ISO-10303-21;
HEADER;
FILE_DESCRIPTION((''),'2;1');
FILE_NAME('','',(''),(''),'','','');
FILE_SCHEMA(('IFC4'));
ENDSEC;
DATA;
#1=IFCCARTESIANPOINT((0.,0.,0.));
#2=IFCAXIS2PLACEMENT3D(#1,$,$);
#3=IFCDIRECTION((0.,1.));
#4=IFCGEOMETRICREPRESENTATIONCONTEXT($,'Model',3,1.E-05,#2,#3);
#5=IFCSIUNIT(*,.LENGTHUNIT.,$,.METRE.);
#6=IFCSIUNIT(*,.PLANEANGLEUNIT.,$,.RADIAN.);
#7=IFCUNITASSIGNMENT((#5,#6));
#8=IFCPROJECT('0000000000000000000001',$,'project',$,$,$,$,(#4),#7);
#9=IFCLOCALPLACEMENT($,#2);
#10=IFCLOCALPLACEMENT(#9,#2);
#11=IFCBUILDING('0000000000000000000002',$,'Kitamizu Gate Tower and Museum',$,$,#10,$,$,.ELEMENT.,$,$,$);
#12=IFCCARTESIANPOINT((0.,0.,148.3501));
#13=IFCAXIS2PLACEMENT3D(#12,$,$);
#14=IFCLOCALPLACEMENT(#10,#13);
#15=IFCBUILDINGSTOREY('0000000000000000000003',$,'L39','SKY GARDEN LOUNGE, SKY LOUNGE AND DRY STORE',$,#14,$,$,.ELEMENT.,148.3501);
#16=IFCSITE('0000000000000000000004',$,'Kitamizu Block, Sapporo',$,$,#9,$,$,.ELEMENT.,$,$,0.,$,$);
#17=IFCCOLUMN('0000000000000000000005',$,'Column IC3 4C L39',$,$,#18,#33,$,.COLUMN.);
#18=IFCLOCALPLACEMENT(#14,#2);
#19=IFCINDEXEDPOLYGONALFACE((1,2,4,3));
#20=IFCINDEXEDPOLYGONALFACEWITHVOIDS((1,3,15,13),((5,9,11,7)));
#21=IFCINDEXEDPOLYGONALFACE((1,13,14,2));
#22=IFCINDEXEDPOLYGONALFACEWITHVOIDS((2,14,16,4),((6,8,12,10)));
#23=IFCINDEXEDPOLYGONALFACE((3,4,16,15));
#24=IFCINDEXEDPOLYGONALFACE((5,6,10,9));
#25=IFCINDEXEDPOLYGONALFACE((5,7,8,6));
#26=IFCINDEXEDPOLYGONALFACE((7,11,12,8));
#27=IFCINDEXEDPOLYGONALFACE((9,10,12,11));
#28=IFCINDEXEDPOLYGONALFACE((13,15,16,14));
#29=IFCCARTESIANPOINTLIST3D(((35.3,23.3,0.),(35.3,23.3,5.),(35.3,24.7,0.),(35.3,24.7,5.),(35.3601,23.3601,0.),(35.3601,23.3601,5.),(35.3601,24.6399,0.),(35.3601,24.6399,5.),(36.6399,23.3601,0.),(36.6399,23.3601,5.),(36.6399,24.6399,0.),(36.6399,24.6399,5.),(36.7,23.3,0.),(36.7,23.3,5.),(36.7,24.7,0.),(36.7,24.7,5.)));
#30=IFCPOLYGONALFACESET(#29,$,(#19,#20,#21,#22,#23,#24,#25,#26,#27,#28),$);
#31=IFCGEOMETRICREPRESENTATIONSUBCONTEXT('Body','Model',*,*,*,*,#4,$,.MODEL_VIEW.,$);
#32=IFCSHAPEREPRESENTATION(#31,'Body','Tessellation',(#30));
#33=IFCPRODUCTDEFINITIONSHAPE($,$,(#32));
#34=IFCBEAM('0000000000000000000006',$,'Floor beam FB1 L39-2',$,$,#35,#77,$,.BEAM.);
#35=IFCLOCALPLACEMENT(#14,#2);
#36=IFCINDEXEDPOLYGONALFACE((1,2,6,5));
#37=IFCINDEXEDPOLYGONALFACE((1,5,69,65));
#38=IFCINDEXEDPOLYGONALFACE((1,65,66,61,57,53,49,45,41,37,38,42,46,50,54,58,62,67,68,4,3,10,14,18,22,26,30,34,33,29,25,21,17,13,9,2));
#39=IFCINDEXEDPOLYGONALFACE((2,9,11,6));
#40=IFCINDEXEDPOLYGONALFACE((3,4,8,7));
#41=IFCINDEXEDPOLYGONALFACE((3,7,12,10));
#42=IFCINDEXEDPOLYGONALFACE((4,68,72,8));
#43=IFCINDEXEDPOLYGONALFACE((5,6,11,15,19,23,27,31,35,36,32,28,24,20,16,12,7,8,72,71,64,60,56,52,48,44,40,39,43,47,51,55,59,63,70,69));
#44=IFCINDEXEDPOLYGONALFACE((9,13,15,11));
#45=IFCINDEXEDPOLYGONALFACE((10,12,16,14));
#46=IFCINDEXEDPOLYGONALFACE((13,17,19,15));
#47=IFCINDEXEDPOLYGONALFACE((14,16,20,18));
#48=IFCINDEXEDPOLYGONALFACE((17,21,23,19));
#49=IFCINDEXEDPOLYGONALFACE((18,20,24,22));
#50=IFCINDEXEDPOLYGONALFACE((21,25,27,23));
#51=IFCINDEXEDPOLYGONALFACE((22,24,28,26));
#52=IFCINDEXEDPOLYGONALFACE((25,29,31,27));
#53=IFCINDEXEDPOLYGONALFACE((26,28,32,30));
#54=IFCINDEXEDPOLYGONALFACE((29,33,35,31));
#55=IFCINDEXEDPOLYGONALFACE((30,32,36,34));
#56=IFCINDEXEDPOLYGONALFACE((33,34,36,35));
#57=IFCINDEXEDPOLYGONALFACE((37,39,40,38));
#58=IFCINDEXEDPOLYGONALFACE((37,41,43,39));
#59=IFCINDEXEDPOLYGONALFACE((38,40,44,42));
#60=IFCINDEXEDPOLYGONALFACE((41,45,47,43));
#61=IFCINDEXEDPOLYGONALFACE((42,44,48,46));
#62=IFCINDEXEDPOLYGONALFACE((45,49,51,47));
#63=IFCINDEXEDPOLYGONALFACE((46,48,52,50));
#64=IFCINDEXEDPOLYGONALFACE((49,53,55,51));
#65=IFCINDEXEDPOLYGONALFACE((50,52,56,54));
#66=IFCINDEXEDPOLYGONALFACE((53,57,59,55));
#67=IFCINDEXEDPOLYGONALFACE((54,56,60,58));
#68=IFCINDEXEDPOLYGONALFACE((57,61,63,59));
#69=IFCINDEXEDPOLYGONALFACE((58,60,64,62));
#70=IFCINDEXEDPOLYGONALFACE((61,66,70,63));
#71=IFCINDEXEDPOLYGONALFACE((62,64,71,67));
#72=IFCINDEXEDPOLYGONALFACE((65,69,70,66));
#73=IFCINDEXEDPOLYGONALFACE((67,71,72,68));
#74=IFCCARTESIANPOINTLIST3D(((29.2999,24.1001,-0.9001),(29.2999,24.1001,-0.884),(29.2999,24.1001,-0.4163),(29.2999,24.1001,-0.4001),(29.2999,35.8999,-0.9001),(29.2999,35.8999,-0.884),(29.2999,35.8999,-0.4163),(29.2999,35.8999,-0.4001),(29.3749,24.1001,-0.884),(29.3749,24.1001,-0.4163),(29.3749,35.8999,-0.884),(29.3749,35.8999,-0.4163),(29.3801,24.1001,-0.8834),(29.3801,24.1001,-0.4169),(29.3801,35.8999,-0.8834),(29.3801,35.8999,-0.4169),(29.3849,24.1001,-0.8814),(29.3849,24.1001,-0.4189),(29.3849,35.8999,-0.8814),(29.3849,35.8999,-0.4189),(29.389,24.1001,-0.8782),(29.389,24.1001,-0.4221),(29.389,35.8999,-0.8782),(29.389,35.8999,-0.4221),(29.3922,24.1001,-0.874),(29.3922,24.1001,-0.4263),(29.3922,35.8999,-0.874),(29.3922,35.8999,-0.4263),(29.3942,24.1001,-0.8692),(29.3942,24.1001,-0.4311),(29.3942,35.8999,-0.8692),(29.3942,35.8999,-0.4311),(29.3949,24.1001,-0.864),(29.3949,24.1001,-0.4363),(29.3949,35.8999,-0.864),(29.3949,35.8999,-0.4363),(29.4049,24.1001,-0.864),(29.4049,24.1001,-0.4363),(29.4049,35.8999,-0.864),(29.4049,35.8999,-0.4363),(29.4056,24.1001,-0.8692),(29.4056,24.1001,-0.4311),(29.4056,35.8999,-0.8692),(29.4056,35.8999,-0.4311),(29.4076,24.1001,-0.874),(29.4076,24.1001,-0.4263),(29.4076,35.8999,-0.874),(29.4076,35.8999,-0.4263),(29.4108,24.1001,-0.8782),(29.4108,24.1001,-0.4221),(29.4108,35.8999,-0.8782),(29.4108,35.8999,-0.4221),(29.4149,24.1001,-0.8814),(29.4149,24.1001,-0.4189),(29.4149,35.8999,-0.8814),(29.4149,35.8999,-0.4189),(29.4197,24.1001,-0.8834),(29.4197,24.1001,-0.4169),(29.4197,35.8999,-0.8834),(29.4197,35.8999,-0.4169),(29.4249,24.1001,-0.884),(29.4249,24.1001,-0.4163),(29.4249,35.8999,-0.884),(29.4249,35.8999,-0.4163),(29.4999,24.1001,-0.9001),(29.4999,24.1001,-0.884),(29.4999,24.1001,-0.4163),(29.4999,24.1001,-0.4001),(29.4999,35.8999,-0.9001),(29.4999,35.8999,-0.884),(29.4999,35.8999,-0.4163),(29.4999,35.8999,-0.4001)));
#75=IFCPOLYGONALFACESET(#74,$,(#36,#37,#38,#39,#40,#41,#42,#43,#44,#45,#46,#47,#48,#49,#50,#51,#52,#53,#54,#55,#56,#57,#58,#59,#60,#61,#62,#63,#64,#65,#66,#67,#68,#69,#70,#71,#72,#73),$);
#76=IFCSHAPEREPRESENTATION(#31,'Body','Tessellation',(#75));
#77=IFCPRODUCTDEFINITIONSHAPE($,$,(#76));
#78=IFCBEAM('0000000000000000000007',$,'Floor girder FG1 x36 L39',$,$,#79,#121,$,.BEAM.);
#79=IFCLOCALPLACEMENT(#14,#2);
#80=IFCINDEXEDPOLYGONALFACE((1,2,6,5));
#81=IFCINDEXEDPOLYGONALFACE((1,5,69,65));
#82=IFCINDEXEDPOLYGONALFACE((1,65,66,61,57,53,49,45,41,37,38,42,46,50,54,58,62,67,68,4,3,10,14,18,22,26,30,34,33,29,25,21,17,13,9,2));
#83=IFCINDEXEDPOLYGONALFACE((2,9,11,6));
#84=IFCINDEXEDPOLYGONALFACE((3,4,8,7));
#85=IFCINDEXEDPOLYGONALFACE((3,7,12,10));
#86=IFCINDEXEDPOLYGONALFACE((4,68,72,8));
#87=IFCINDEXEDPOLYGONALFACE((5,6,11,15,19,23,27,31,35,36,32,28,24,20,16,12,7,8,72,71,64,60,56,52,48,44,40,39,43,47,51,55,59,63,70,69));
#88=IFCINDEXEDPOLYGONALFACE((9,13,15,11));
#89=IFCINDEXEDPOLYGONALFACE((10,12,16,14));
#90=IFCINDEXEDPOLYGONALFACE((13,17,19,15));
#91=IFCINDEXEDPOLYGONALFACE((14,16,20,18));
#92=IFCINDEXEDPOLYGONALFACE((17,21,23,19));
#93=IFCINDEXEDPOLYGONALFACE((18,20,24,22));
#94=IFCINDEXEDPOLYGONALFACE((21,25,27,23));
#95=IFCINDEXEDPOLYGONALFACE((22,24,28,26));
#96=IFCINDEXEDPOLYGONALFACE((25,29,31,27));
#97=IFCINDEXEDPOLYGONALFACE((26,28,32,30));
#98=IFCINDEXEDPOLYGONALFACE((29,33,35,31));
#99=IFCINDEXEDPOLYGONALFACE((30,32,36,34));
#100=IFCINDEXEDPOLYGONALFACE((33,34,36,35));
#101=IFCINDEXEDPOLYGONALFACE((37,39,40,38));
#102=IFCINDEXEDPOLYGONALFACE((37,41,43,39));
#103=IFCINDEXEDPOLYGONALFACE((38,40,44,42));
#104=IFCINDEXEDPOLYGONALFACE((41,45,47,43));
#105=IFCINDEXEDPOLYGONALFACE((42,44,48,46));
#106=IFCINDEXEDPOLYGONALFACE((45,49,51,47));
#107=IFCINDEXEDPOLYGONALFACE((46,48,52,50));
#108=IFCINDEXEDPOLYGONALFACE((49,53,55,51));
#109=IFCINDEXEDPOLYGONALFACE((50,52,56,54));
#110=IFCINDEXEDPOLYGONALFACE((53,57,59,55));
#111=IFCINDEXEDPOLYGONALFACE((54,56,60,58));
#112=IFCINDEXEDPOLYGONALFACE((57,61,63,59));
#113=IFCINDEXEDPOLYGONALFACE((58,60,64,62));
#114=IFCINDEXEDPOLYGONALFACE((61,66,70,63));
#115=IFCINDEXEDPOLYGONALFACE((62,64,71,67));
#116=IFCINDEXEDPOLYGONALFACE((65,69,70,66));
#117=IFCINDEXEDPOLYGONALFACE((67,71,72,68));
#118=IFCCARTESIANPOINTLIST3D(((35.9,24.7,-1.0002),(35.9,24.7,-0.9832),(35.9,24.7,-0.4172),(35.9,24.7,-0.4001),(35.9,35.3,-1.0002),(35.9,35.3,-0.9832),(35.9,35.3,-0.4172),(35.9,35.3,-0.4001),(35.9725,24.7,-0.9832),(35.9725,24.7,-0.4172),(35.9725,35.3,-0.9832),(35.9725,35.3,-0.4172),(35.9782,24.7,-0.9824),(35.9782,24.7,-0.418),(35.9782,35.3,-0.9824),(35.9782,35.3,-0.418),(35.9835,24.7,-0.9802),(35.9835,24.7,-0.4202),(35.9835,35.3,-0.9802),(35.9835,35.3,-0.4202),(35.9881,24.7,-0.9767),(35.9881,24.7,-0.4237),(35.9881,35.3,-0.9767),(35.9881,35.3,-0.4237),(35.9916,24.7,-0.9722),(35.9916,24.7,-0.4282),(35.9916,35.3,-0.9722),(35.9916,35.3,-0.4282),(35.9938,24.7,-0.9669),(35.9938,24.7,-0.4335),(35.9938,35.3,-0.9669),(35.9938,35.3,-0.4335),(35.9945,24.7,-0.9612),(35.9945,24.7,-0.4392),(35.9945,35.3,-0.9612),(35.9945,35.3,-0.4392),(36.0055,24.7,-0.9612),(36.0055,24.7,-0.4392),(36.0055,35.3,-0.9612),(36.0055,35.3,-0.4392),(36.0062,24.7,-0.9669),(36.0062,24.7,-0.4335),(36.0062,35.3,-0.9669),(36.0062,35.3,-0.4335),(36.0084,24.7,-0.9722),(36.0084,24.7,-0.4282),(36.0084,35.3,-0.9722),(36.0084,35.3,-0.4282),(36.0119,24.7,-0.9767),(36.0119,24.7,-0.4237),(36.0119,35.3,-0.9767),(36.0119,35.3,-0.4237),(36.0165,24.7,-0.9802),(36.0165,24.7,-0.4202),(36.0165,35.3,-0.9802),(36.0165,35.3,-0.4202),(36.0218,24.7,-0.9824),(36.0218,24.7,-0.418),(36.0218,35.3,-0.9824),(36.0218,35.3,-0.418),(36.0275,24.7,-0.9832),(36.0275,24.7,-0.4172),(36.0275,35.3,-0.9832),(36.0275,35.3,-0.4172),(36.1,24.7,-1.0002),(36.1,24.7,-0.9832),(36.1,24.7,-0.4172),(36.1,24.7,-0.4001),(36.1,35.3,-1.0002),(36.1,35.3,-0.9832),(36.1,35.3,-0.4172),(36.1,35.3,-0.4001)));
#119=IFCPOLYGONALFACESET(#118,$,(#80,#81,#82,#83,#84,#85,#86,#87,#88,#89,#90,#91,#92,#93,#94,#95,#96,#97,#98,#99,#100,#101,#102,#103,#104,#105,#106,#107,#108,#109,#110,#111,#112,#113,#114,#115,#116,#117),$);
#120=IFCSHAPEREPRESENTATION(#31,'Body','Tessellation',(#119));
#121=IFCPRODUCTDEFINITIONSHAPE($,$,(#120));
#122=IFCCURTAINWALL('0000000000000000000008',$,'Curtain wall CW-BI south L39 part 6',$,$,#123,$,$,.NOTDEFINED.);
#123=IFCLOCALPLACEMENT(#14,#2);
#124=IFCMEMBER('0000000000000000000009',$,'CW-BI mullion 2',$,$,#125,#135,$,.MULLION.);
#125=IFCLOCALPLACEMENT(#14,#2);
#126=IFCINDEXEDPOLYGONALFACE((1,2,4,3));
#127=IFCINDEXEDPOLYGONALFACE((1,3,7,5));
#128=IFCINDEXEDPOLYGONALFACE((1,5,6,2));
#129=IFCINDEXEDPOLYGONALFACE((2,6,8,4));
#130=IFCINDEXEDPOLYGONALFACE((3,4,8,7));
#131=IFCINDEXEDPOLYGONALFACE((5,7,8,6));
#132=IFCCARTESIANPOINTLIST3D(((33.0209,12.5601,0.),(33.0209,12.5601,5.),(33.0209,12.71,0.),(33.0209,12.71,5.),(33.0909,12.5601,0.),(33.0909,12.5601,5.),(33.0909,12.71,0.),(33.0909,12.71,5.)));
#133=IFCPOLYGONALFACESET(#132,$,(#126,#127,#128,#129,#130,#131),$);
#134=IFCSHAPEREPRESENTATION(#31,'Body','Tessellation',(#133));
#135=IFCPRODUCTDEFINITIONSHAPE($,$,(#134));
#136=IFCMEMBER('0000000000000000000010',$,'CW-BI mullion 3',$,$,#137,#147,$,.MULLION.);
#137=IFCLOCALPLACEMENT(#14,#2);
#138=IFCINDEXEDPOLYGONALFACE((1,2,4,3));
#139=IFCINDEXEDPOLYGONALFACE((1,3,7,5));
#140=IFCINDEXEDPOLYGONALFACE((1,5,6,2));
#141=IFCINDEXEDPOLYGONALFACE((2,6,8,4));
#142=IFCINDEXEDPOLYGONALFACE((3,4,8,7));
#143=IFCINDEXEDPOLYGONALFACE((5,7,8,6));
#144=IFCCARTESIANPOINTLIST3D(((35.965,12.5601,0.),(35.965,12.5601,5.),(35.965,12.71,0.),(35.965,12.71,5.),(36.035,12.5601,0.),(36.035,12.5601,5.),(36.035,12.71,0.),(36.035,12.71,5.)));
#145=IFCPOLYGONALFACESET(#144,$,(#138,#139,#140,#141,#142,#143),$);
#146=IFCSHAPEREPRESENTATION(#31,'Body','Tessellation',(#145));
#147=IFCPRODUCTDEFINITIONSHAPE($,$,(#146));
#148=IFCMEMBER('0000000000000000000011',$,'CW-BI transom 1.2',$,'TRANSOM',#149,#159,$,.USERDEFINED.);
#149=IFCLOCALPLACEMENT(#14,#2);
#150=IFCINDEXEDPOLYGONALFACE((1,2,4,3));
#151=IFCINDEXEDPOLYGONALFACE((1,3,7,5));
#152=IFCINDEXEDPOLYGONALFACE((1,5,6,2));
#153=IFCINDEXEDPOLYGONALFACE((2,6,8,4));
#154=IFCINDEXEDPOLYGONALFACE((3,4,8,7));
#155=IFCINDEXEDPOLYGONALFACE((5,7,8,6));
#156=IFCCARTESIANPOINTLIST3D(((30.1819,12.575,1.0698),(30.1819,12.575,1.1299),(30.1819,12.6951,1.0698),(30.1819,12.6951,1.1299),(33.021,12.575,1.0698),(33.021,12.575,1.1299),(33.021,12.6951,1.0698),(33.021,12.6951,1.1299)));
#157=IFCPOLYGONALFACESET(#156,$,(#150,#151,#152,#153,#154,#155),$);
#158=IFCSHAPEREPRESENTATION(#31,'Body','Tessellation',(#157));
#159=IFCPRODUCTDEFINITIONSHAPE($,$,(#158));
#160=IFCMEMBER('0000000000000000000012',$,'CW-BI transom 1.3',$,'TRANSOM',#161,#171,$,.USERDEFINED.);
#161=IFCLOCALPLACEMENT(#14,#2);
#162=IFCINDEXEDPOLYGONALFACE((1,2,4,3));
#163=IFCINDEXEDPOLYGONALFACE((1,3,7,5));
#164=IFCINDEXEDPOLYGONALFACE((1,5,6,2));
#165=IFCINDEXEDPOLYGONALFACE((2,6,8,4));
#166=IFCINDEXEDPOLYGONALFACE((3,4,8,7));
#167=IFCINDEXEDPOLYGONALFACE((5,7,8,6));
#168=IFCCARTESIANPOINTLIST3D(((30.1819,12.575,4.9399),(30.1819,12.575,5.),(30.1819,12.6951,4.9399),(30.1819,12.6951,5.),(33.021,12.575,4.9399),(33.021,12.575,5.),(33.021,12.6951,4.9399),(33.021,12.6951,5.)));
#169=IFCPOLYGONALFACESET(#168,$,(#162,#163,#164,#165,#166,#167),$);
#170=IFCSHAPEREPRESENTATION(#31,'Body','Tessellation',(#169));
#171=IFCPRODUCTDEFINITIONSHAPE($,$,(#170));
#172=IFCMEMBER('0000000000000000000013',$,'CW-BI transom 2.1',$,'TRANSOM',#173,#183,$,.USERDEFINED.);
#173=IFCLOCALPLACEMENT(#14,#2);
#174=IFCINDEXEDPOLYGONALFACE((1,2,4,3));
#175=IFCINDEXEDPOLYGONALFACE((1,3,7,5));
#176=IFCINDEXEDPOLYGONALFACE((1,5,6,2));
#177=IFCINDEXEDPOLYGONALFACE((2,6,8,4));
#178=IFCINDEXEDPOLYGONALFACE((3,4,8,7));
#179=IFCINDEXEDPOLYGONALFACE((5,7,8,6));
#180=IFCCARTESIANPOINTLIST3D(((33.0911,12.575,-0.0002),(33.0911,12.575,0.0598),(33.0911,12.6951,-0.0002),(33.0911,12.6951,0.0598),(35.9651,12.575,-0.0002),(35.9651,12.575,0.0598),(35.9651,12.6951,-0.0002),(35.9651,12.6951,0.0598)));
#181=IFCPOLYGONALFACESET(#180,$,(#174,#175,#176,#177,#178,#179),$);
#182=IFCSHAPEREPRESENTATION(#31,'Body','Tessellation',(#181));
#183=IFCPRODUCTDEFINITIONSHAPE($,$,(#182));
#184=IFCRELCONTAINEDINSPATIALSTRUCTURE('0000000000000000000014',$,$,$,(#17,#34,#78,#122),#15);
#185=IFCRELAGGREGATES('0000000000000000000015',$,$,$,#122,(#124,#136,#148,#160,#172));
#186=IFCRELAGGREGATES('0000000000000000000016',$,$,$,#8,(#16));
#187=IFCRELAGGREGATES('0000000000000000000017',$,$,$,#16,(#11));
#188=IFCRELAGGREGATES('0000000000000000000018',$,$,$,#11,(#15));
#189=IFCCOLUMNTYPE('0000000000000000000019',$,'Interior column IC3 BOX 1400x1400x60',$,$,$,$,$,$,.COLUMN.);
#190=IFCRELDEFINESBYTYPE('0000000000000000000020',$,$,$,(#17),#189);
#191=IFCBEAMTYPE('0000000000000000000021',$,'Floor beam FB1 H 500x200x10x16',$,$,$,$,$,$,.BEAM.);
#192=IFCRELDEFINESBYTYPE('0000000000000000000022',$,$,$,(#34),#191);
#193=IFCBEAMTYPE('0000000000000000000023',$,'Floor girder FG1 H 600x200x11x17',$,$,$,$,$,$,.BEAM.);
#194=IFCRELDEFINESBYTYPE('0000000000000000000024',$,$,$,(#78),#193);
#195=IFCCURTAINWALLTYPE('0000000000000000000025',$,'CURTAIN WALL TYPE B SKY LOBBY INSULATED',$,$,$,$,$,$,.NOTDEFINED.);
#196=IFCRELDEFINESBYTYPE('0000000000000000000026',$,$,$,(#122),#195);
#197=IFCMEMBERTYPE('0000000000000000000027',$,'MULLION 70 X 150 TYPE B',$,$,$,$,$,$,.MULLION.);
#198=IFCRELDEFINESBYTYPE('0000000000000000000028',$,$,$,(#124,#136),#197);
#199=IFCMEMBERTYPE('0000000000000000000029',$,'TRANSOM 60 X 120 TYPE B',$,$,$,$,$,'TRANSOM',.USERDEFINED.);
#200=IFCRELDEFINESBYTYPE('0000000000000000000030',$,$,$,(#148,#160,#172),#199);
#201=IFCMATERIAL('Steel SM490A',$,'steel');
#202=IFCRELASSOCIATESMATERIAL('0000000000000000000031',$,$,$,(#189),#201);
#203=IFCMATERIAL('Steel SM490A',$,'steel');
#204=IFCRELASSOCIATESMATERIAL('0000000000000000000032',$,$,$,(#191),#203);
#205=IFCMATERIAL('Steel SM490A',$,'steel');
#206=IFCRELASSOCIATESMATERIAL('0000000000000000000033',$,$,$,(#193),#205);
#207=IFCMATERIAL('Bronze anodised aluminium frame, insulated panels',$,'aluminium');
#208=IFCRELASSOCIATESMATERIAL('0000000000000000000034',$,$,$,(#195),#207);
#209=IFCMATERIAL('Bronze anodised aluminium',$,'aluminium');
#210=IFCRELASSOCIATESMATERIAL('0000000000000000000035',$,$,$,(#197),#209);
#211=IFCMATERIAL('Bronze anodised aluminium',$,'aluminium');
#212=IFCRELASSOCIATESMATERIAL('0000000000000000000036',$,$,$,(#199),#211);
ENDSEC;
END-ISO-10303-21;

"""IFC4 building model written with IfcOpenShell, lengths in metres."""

from ifc_helpers import new_model, si_unit, direction, frame, origin, origin_2d, place, context, subcontext, project, spatial, rectangle, hollow_rectangle, i_section, extrude, material, material_profile, profile_set, type_object, element, aggregate, save


model = new_model("IFC4")

# Units and contexts
model_context = context("Model", 3, precision=1e-05, world=origin(), true_north=direction((0.0, 1.0)))
body_context = subcontext(model_context, "Body", "Model", "MODEL_VIEW")
ifc_project = project(units=[si_unit("LENGTHUNIT", "METRE"), si_unit("PLANEANGLEUNIT", "RADIAN")], contexts=[model_context])

# Site, building, storey
site_placement = place(None, origin())
site = spatial("IfcSite", under=ifc_project, at=site_placement, Name="Kitamizu Block, Sapporo", CompositionType="ELEMENT", RefElevation=0.0)
building_placement = place(site_placement, origin())
building = spatial("IfcBuilding", under=site, at=building_placement, Name="Kitamizu Gate Tower and Museum", CompositionType="ELEMENT")
storey_placement = place(building_placement, frame((0.0, 0.0, 148.3501)))
storey = spatial("IfcBuildingStorey", under=building, at=storey_placement, Name="L39", Description="SKY GARDEN LOUNGE, SKY LOUNGE AND DRY STORE", CompositionType="ELEMENT", Elevation=148.3501)

# Column
ifc_material_1 = material(Name="Steel SM490A", Category="steel")
ifc_material_profile_1 = material_profile(ifc_material_1, hollow_rectangle(XDim=1.3999, YDim=1.3999, WallThickness=0.0601, at=origin_2d()), Name="BOX 1400x1400x60")
ifc_profile_set_1 = profile_set([ifc_material_profile_1], Name="Steel SM490A")
column_type = type_object("IfcColumnType", Name="Interior column IC3 BOX 1400x1400x60", PredefinedType="COLUMN", material=ifc_profile_set_1)
column_placement = place(storey_placement, frame((36.0, 24.0, 0.0), z_axis=(0.0, 0.0, 1.0), x_axis=(1.0, 0.0, 0.0)))
element("IfcColumn", 1, at=column_placement, inside=storey, type_object=column_type, Name="Column IC3 4C L39", PredefinedType="COLUMN", context=body_context, shape_type="SweptSolid", body=[
    extrude(hollow_rectangle(XDim=1.3999, YDim=1.3999, WallThickness=0.0601, at=origin_2d()), origin(), (0.0, 0.0, 1.0), 5.0),
])

# Beams
ifc_material_2 = material(Name="Steel SM490A", Category="steel")
ifc_material_profile_2 = material_profile(ifc_material_2, i_section(OverallWidth=0.2, OverallDepth=0.5, WebThickness=0.01, FlangeThickness=0.0161, FilletRadius=0.02, at=origin_2d()), Name="H-500x200x10x16")
ifc_profile_set_2 = profile_set([ifc_material_profile_2], Name="Steel SM490A")
beam_type_1 = type_object("IfcBeamType", Name="Floor beam FB1 H 500x200x10x16", PredefinedType="BEAM", material=ifc_profile_set_2)
beam_1_placement = place(storey_placement, frame((29.3999, 24.1001, -0.6501), z_axis=(0.0, 1.0, 0.0), x_axis=(-1.0, 0.0, 0.0)))
element("IfcBeam", 2, at=beam_1_placement, inside=storey, type_object=beam_type_1, Name="Floor beam FB1 L39-2", PredefinedType="BEAM", context=body_context, shape_type="SweptSolid", body=[
    extrude(i_section(OverallWidth=0.2, OverallDepth=0.5, WebThickness=0.01, FlangeThickness=0.0161, FilletRadius=0.02, at=origin_2d()), origin(), (0.0, 0.0, 1.0), 11.7998),
])
ifc_material_3 = material(Name="Steel SM490A", Category="steel")
ifc_material_profile_3 = material_profile(ifc_material_3, i_section(OverallWidth=0.2, OverallDepth=0.6001, WebThickness=0.011, FlangeThickness=0.0171, FilletRadius=0.022, at=origin_2d()), Name="H-600x200x11x17")
ifc_profile_set_3 = profile_set([ifc_material_profile_3], Name="Steel SM490A")
beam_type_2 = type_object("IfcBeamType", Name="Floor girder FG1 H 600x200x11x17", PredefinedType="BEAM", material=ifc_profile_set_3)
beam_2_placement = place(storey_placement, frame((36.0, 24.7, -0.7002), z_axis=(0.0, 1.0, 0.0), x_axis=(-1.0, 0.0, 0.0)))
element("IfcBeam", 3, at=beam_2_placement, inside=storey, type_object=beam_type_2, Name="Floor girder FG1 x36 L39", PredefinedType="BEAM", context=body_context, shape_type="SweptSolid", body=[
    extrude(i_section(OverallWidth=0.2, OverallDepth=0.6001, WebThickness=0.011, FlangeThickness=0.0171, FilletRadius=0.022, at=origin_2d()), origin(), (0.0, 0.0, 1.0), 10.6001),
])

# Curtain wall, members
ifc_material_4 = material(Name="Bronze anodised aluminium frame, insulated panels", Category="aluminium")
curtain_wall_type = type_object("IfcCurtainWallType", Name="CURTAIN WALL TYPE B SKY LOBBY INSULATED", PredefinedType="NOTDEFINED", material=ifc_material_4)
curtain_wall_placement = place(storey_placement, origin())
curtain_wall = element("IfcCurtainWall", 4, at=curtain_wall_placement, inside=storey, type_object=curtain_wall_type, Name="Curtain wall CW-BI south L39 part 6", PredefinedType="NOTDEFINED")
ifc_material_5 = material(Name="Bronze anodised aluminium", Category="aluminium")
ifc_material_profile_4 = material_profile(ifc_material_5, rectangle(XDim=0.0701, YDim=0.1499, at=origin_2d()), Name="AL 70X150")
ifc_profile_set_4 = profile_set([ifc_material_profile_4], Name="Bronze anodised aluminium")
member_type_1 = type_object("IfcMemberType", Name="MULLION 70 X 150 TYPE B", PredefinedType="MULLION", material=ifc_profile_set_4)
member_1_placement = place(storey_placement, frame((33.0559, 12.635, 0.0), z_axis=(0.0, 0.0, 1.0), x_axis=(1.0, 0.0, 0.0)))
member_1 = element("IfcMember", 5, at=member_1_placement, type_object=member_type_1, Name="CW-BI mullion 2", PredefinedType="MULLION", context=body_context, shape_type="SweptSolid", body=[
    extrude(rectangle(XDim=0.0701, YDim=0.1499, at=origin_2d()), origin(), (0.0, 0.0, 1.0), 5.0),
])
member_2_placement = place(storey_placement, frame((36.0, 12.635, 0.0), z_axis=(0.0, 0.0, 1.0), x_axis=(1.0, 0.0, 0.0)))
member_2 = element("IfcMember", 6, at=member_2_placement, type_object=member_type_1, Name="CW-BI mullion 3", PredefinedType="MULLION", context=body_context, shape_type="SweptSolid", body=[
    extrude(rectangle(XDim=0.0701, YDim=0.1499, at=origin_2d()), origin(), (0.0, 0.0, 1.0), 5.0),
])
ifc_material_6 = material(Name="Bronze anodised aluminium", Category="aluminium")
ifc_material_profile_5 = material_profile(ifc_material_6, rectangle(XDim=0.1201, YDim=0.0601, at=origin_2d()), Name="AL 60X120")
ifc_profile_set_5 = profile_set([ifc_material_profile_5], Name="Bronze anodised aluminium")
member_type_2 = type_object("IfcMemberType", Name="TRANSOM 60 X 120 TYPE B", ElementType="TRANSOM", PredefinedType="USERDEFINED", material=ifc_profile_set_5)
member_3_placement = place(storey_placement, frame((30.1819, 12.635, 1.0999), z_axis=(1.0, 0.0, 0.0), x_axis=(0.0, 1.0, 0.0)))
member_3 = element("IfcMember", 7, at=member_3_placement, type_object=member_type_2, Name="CW-BI transom 1.2", ObjectType="TRANSOM", PredefinedType="USERDEFINED", context=body_context, shape_type="SweptSolid", body=[
    extrude(rectangle(XDim=0.1201, YDim=0.0601, at=origin_2d()), origin(), (0.0, 0.0, 1.0), 2.8391),
])
member_4_placement = place(storey_placement, frame((30.1819, 12.635, 4.97), z_axis=(1.0, 0.0, 0.0), x_axis=(0.0, 1.0, 0.0)))
member_4 = element("IfcMember", 8, at=member_4_placement, type_object=member_type_2, Name="CW-BI transom 1.3", ObjectType="TRANSOM", PredefinedType="USERDEFINED", context=body_context, shape_type="SweptSolid", body=[
    extrude(rectangle(XDim=0.1201, YDim=0.0601, at=origin_2d()), origin(), (0.0, 0.0, 1.0), 2.8391),
])
member_5_placement = place(storey_placement, frame((33.0911, 12.635, 0.0298), z_axis=(1.0, 0.0, 0.0), x_axis=(0.0, 1.0, 0.0)))
member_5 = element("IfcMember", 9, at=member_5_placement, type_object=member_type_2, Name="CW-BI transom 2.1", ObjectType="TRANSOM", PredefinedType="USERDEFINED", context=body_context, shape_type="SweptSolid", body=[
    extrude(rectangle(XDim=0.1201, YDim=0.0601, at=origin_2d()), origin(), (0.0, 0.0, 1.0), 2.874),
])
aggregate(curtain_wall, [member_1, member_2, member_3, member_4, member_5])

save(model, "model.ifc")
